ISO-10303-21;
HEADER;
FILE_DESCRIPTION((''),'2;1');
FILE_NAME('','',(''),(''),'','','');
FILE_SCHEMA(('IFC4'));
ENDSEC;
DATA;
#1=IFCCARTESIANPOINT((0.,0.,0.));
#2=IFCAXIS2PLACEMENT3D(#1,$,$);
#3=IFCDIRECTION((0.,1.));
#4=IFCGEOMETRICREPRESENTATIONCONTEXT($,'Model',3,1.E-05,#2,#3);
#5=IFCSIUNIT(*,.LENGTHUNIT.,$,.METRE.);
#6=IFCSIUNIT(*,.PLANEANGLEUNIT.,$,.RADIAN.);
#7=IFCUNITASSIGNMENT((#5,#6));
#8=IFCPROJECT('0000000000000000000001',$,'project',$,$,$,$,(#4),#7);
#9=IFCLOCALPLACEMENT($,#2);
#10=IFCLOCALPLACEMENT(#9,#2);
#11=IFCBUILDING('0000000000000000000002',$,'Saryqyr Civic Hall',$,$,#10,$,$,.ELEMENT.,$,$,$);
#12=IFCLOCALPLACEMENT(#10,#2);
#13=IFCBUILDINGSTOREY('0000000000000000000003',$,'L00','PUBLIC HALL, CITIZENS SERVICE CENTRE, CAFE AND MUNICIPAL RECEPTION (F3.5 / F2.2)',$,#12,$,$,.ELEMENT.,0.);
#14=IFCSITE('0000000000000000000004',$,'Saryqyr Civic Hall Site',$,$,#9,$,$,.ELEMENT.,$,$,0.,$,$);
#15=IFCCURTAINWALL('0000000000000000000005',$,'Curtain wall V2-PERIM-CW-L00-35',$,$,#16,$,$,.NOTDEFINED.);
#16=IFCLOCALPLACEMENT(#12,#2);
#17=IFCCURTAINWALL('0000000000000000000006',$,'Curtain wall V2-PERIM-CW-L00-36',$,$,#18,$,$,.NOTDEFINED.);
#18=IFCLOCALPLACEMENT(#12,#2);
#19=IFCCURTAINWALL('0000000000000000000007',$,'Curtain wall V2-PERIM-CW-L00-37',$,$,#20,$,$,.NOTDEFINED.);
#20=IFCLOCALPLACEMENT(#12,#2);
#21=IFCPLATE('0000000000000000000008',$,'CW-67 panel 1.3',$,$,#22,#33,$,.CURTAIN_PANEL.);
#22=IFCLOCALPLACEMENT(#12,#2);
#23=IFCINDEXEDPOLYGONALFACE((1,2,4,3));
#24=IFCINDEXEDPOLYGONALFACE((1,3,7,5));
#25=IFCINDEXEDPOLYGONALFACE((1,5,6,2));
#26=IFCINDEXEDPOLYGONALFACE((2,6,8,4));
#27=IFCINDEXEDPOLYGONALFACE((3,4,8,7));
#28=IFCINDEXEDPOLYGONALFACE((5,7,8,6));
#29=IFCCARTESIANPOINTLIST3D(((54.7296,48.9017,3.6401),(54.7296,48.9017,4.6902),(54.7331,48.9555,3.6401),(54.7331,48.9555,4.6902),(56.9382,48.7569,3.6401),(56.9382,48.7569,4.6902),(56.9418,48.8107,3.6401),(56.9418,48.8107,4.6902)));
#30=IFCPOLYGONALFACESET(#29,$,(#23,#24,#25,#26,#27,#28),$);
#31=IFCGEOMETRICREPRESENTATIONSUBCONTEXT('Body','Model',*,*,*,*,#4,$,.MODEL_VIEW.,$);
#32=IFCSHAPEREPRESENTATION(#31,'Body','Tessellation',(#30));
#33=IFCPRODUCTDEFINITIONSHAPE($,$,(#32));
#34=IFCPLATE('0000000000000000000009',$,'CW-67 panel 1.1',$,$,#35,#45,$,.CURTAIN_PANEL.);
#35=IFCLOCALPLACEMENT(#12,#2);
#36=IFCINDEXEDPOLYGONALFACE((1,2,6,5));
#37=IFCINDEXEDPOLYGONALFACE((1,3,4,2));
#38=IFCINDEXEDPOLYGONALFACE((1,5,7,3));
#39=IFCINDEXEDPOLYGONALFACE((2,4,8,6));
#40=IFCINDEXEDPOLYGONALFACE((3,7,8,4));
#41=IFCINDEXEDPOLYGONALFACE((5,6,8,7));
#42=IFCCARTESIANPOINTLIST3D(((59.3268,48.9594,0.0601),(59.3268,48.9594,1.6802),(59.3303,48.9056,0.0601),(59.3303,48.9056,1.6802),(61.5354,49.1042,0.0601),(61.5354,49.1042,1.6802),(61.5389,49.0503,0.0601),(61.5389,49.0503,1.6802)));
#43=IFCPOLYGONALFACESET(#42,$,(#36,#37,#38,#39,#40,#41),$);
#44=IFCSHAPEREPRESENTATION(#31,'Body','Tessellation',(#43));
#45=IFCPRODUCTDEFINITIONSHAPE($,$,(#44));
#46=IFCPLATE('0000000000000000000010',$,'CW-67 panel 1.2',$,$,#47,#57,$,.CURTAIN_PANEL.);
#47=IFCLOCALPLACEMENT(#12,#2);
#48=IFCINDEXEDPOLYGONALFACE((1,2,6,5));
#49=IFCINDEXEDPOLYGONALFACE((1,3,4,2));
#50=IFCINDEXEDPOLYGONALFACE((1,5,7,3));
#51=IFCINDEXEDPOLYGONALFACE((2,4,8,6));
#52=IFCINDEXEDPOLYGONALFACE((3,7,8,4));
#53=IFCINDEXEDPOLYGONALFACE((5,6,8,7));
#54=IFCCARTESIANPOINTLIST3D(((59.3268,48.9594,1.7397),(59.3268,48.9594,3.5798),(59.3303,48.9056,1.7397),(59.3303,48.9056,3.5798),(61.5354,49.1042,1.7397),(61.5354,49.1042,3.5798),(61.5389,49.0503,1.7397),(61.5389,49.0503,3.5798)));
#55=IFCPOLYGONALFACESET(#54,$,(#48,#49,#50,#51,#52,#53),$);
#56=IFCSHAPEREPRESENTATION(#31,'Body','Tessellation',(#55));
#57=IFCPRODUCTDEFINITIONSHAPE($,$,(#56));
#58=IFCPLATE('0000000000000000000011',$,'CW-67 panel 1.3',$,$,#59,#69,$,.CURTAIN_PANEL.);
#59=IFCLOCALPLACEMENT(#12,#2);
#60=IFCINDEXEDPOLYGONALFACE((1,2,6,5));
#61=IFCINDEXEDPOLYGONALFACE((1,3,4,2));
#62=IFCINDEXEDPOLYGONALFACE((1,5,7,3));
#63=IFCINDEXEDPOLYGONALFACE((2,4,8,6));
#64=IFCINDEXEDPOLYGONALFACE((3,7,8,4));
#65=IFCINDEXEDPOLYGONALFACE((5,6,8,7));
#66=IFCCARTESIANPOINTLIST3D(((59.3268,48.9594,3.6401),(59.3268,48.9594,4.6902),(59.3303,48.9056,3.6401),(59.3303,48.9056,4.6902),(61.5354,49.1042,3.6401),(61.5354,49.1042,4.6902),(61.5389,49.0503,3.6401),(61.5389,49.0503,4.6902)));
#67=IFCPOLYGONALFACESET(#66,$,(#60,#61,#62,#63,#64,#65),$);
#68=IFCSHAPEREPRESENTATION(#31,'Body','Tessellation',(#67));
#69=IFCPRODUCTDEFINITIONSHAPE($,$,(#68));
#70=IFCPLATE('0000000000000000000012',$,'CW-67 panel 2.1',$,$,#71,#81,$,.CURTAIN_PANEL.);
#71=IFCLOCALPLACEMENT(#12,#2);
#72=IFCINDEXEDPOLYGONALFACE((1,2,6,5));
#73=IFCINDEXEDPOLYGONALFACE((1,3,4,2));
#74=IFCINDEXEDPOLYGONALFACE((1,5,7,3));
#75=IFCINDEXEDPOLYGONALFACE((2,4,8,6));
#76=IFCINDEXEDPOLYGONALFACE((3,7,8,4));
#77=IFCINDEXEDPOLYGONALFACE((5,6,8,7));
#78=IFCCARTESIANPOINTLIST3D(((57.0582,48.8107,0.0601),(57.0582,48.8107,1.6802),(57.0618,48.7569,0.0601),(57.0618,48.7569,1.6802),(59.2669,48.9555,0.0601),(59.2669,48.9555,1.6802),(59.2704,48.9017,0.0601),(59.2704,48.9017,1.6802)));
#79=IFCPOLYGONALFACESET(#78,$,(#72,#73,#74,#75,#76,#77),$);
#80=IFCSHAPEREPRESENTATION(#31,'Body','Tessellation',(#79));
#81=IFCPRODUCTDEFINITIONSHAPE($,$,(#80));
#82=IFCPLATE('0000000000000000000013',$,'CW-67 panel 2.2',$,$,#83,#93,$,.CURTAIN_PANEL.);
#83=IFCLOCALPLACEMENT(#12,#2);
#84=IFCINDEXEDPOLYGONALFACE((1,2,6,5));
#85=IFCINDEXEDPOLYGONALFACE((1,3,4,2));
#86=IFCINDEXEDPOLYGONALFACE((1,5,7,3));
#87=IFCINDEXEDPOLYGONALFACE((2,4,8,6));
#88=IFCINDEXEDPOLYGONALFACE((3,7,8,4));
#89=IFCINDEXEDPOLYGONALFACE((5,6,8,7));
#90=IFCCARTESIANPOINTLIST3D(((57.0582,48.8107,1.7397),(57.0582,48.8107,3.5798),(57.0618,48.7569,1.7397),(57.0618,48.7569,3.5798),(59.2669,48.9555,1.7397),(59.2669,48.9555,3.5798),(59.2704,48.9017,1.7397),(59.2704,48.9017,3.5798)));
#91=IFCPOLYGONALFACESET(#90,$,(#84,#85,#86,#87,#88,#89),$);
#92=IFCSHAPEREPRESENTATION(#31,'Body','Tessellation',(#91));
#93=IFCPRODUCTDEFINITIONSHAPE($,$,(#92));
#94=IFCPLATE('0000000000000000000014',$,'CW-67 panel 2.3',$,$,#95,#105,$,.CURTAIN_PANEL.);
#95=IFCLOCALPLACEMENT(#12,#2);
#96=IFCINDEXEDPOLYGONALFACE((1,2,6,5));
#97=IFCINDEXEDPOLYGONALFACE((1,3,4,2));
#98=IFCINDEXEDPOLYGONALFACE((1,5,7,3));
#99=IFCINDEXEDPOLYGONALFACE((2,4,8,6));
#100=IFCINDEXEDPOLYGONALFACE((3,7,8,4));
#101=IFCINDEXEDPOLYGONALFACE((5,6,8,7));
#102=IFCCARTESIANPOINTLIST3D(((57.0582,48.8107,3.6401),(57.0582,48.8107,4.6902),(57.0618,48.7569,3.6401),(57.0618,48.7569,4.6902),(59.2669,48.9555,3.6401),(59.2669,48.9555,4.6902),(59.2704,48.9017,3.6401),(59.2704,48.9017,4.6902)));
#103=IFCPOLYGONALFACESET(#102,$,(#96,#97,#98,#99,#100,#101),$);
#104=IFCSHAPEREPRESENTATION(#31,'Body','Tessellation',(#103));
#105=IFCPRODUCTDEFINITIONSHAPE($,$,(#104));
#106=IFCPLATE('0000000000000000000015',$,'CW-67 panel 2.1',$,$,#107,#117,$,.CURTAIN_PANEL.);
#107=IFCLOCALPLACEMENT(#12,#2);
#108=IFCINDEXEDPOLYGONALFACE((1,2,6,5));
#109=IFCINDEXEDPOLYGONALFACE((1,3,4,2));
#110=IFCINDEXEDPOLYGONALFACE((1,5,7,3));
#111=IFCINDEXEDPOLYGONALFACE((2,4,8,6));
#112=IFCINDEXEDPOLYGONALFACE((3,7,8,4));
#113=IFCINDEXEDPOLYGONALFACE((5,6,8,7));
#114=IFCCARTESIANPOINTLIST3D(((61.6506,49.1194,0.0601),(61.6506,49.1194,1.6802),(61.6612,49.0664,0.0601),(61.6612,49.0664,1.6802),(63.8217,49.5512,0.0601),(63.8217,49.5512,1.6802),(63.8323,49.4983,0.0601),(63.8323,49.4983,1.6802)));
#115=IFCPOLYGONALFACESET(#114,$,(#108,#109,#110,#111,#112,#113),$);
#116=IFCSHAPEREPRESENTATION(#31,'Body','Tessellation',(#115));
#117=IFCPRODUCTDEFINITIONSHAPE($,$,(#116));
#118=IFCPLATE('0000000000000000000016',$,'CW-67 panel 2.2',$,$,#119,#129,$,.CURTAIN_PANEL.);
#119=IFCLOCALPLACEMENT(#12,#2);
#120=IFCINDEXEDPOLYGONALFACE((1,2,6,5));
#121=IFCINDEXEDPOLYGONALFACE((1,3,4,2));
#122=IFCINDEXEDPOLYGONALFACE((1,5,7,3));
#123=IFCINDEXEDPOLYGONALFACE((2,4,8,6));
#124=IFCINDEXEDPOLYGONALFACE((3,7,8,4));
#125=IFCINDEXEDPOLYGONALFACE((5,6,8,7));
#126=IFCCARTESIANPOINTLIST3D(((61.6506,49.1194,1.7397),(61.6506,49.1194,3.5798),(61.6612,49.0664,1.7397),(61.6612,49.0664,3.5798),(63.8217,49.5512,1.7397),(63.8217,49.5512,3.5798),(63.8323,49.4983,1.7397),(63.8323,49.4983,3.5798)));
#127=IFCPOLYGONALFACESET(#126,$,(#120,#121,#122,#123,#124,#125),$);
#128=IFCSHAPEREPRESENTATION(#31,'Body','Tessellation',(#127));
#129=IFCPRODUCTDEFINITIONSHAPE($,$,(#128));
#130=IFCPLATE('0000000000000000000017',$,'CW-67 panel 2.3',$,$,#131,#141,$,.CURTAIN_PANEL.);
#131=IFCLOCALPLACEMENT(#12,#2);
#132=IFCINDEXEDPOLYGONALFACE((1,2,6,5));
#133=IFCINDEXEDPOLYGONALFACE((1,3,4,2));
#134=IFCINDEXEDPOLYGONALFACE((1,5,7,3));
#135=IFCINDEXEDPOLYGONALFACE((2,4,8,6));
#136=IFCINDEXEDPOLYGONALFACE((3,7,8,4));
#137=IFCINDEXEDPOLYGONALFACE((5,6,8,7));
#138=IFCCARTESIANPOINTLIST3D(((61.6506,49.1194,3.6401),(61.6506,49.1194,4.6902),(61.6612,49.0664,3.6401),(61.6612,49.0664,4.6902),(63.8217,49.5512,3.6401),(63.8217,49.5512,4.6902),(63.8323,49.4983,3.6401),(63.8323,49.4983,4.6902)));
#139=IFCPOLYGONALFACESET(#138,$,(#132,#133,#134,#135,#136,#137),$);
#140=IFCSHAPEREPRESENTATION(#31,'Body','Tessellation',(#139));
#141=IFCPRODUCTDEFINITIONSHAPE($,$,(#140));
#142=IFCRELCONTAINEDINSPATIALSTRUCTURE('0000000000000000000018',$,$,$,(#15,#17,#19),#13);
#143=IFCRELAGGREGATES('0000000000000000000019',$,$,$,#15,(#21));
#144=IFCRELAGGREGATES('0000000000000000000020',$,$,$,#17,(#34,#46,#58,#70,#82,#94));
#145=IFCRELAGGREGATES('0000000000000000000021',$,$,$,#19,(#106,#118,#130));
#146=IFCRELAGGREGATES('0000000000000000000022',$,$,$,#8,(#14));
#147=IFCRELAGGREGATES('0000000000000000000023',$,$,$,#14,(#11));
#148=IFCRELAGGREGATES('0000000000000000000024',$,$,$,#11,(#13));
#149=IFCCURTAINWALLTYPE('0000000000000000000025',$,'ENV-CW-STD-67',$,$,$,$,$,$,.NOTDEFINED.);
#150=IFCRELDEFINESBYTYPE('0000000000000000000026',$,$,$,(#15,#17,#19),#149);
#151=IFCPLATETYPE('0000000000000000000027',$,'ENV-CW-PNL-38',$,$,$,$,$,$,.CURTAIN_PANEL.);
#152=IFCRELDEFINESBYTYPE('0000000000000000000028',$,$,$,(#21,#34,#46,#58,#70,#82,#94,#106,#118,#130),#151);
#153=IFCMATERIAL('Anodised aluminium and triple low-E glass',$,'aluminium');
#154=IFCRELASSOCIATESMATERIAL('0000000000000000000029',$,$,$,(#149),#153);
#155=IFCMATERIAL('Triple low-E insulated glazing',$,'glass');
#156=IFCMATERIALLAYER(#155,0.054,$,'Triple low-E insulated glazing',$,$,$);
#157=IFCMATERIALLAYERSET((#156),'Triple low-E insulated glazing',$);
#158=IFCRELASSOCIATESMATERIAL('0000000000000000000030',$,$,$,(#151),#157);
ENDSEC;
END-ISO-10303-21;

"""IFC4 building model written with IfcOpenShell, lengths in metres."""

from ifc_helpers import new_model, si_unit, direction, frame, origin, origin_2d, place, context, subcontext, project, spatial, rectangle, extrude, material, layer, layer_set, type_object, element, aggregate, save


model = new_model("IFC4")

# Units and contexts
model_context = context("Model", 3, precision=1e-05, world=origin(), true_north=direction((0.0, 1.0)))
body_context = subcontext(model_context, "Body", "Model", "MODEL_VIEW")
ifc_project = project(units=[si_unit("LENGTHUNIT", "METRE"), si_unit("PLANEANGLEUNIT", "RADIAN")], contexts=[model_context])

# Site, building, storey
site_placement = place(None, origin())
site = spatial("IfcSite", under=ifc_project, at=site_placement, Name="Saryqyr Civic Hall Site", CompositionType="ELEMENT", RefElevation=0.0)
building_placement = place(site_placement, origin())
building = spatial("IfcBuilding", under=site, at=building_placement, Name="Saryqyr Civic Hall", CompositionType="ELEMENT")
storey_placement = place(building_placement, origin())
storey = spatial("IfcBuildingStorey", under=building, at=storey_placement, Name="L00", Description="PUBLIC HALL, CITIZENS SERVICE CENTRE, CAFE AND MUNICIPAL RECEPTION (F3.5 / F2.2)", CompositionType="ELEMENT", Elevation=0.0)

# Curtain wall
ifc_material_1 = material(Name="Anodised aluminium and triple low-E glass", Category="aluminium")
curtain_wall_type_1 = type_object("IfcCurtainWallType", Name="ENV-CW-STD-67", PredefinedType="NOTDEFINED", material=ifc_material_1)
curtain_wall_1_placement = place(storey_placement, origin())
curtain_wall_1 = element("IfcCurtainWall", 1, at=curtain_wall_1_placement, inside=storey, type_object=curtain_wall_type_1, Name="Curtain wall V2-PERIM-CW-L00-35", PredefinedType="NOTDEFINED")

# Curtain wall
curtain_wall_2_placement = place(storey_placement, origin())
curtain_wall_2 = element("IfcCurtainWall", 2, at=curtain_wall_2_placement, inside=storey, type_object=curtain_wall_type_1, Name="Curtain wall V2-PERIM-CW-L00-36", PredefinedType="NOTDEFINED")

# Curtain wall
curtain_wall_3_placement = place(storey_placement, origin())
curtain_wall_3 = element("IfcCurtainWall", 3, at=curtain_wall_3_placement, inside=storey, type_object=curtain_wall_type_1, Name="Curtain wall V2-PERIM-CW-L00-37", PredefinedType="NOTDEFINED")

# Plates
ifc_material_2 = material(Name="Triple low-E insulated glazing", Category="glass")
ifc_layer = layer(ifc_material_2, 0.054, Name="Triple low-E insulated glazing")
ifc_layer_set = layer_set([ifc_layer], Name="Triple low-E insulated glazing")
plate_type = type_object("IfcPlateType", Name="ENV-CW-PNL-38", PredefinedType="CURTAIN_PANEL", material=ifc_layer_set)
plate_1_placement = place(storey_placement, frame((55.8357, 48.8562, 3.6401), z_axis=(0.0, 0.0, 1.0), x_axis=(-0.997859, 0.065401, 0.0)))
plate_1 = element("IfcPlate", 4, at=plate_1_placement, type_object=plate_type, Name="CW-67 panel 1.3", PredefinedType="CURTAIN_PANEL", context=body_context, shape_type="SweptSolid", body=[
    extrude(rectangle(XDim=2.2134, YDim=0.054, at=origin_2d()), origin(), (0.0, 0.0, 1.0), 1.05),
])
aggregate(curtain_wall_1, [plate_1])
plate_2_placement = place(storey_placement, frame((60.4329, 49.0049, 0.0601), z_axis=(0.0, 0.0, 1.0), x_axis=(-0.997859, -0.065401, 0.0)))
plate_2 = element("IfcPlate", 5, at=plate_2_placement, type_object=plate_type, Name="CW-67 panel 1.1", PredefinedType="CURTAIN_PANEL", context=body_context, shape_type="SweptSolid", body=[
    extrude(rectangle(XDim=2.2134, YDim=0.054, at=origin_2d()), origin(), (0.0, 0.0, 1.0), 1.6201),
])
plate_3_placement = place(storey_placement, frame((60.4329, 49.0049, 1.7397), z_axis=(0.0, 0.0, 1.0), x_axis=(-0.997859, -0.065401, 0.0)))
plate_3 = element("IfcPlate", 6, at=plate_3_placement, type_object=plate_type, Name="CW-67 panel 1.2", PredefinedType="CURTAIN_PANEL", context=body_context, shape_type="SweptSolid", body=[
    extrude(rectangle(XDim=2.2134, YDim=0.054, at=origin_2d()), origin(), (0.0, 0.0, 1.0), 1.8401),
])
plate_4_placement = place(storey_placement, frame((60.4329, 49.0049, 3.6401), z_axis=(0.0, 0.0, 1.0), x_axis=(-0.997859, -0.065401, 0.0)))
plate_4 = element("IfcPlate", 7, at=plate_4_placement, type_object=plate_type, Name="CW-67 panel 1.3", PredefinedType="CURTAIN_PANEL", context=body_context, shape_type="SweptSolid", body=[
    extrude(rectangle(XDim=2.2134, YDim=0.054, at=origin_2d()), origin(), (0.0, 0.0, 1.0), 1.05),
])
plate_5_placement = place(storey_placement, frame((58.1643, 48.8562, 0.0601), z_axis=(0.0, 0.0, 1.0), x_axis=(-0.997859, -0.065401, 0.0)))
plate_5 = element("IfcPlate", 8, at=plate_5_placement, type_object=plate_type, Name="CW-67 panel 2.1", PredefinedType="CURTAIN_PANEL", context=body_context, shape_type="SweptSolid", body=[
    extrude(rectangle(XDim=2.2134, YDim=0.054, at=origin_2d()), origin(), (0.0, 0.0, 1.0), 1.6201),
])
plate_6_placement = place(storey_placement, frame((58.1643, 48.8562, 1.7397), z_axis=(0.0, 0.0, 1.0), x_axis=(-0.997859, -0.065401, 0.0)))
plate_6 = element("IfcPlate", 9, at=plate_6_placement, type_object=plate_type, Name="CW-67 panel 2.2", PredefinedType="CURTAIN_PANEL", context=body_context, shape_type="SweptSolid", body=[
    extrude(rectangle(XDim=2.2134, YDim=0.054, at=origin_2d()), origin(), (0.0, 0.0, 1.0), 1.8401),
])
plate_7_placement = place(storey_placement, frame((58.1643, 48.8562, 3.6401), z_axis=(0.0, 0.0, 1.0), x_axis=(-0.997859, -0.065401, 0.0)))
plate_7 = element("IfcPlate", 10, at=plate_7_placement, type_object=plate_type, Name="CW-67 panel 2.3", PredefinedType="CURTAIN_PANEL", context=body_context, shape_type="SweptSolid", body=[
    extrude(rectangle(XDim=2.2134, YDim=0.054, at=origin_2d()), origin(), (0.0, 0.0, 1.0), 1.05),
])
aggregate(curtain_wall_2, [plate_2, plate_3, plate_4, plate_5, plate_6, plate_7])
plate_8_placement = place(storey_placement, frame((62.7415, 49.3088, 0.0601), z_axis=(0.0, 0.0, 1.0), x_axis=(-0.980785, -0.195093, 0.0)))
plate_8 = element("IfcPlate", 11, at=plate_8_placement, type_object=plate_type, Name="CW-67 panel 2.1", PredefinedType="CURTAIN_PANEL", context=body_context, shape_type="SweptSolid", body=[
    extrude(rectangle(XDim=2.2136, YDim=0.054, at=origin_2d()), origin(), (0.0, 0.0, 1.0), 1.6201),
])
plate_9_placement = place(storey_placement, frame((62.7415, 49.3088, 1.7397), z_axis=(0.0, 0.0, 1.0), x_axis=(-0.980785, -0.195093, 0.0)))
plate_9 = element("IfcPlate", 12, at=plate_9_placement, type_object=plate_type, Name="CW-67 panel 2.2", PredefinedType="CURTAIN_PANEL", context=body_context, shape_type="SweptSolid", body=[
    extrude(rectangle(XDim=2.2136, YDim=0.054, at=origin_2d()), origin(), (0.0, 0.0, 1.0), 1.8401),
])
plate_10_placement = place(storey_placement, frame((62.7415, 49.3088, 3.6401), z_axis=(0.0, 0.0, 1.0), x_axis=(-0.980785, -0.195093, 0.0)))
plate_10 = element("IfcPlate", 13, at=plate_10_placement, type_object=plate_type, Name="CW-67 panel 2.3", PredefinedType="CURTAIN_PANEL", context=body_context, shape_type="SweptSolid", body=[
    extrude(rectangle(XDim=2.2136, YDim=0.054, at=origin_2d()), origin(), (0.0, 0.0, 1.0), 1.05),
])
aggregate(curtain_wall_3, [plate_8, plate_9, plate_10])

save(model, "model.ifc")
